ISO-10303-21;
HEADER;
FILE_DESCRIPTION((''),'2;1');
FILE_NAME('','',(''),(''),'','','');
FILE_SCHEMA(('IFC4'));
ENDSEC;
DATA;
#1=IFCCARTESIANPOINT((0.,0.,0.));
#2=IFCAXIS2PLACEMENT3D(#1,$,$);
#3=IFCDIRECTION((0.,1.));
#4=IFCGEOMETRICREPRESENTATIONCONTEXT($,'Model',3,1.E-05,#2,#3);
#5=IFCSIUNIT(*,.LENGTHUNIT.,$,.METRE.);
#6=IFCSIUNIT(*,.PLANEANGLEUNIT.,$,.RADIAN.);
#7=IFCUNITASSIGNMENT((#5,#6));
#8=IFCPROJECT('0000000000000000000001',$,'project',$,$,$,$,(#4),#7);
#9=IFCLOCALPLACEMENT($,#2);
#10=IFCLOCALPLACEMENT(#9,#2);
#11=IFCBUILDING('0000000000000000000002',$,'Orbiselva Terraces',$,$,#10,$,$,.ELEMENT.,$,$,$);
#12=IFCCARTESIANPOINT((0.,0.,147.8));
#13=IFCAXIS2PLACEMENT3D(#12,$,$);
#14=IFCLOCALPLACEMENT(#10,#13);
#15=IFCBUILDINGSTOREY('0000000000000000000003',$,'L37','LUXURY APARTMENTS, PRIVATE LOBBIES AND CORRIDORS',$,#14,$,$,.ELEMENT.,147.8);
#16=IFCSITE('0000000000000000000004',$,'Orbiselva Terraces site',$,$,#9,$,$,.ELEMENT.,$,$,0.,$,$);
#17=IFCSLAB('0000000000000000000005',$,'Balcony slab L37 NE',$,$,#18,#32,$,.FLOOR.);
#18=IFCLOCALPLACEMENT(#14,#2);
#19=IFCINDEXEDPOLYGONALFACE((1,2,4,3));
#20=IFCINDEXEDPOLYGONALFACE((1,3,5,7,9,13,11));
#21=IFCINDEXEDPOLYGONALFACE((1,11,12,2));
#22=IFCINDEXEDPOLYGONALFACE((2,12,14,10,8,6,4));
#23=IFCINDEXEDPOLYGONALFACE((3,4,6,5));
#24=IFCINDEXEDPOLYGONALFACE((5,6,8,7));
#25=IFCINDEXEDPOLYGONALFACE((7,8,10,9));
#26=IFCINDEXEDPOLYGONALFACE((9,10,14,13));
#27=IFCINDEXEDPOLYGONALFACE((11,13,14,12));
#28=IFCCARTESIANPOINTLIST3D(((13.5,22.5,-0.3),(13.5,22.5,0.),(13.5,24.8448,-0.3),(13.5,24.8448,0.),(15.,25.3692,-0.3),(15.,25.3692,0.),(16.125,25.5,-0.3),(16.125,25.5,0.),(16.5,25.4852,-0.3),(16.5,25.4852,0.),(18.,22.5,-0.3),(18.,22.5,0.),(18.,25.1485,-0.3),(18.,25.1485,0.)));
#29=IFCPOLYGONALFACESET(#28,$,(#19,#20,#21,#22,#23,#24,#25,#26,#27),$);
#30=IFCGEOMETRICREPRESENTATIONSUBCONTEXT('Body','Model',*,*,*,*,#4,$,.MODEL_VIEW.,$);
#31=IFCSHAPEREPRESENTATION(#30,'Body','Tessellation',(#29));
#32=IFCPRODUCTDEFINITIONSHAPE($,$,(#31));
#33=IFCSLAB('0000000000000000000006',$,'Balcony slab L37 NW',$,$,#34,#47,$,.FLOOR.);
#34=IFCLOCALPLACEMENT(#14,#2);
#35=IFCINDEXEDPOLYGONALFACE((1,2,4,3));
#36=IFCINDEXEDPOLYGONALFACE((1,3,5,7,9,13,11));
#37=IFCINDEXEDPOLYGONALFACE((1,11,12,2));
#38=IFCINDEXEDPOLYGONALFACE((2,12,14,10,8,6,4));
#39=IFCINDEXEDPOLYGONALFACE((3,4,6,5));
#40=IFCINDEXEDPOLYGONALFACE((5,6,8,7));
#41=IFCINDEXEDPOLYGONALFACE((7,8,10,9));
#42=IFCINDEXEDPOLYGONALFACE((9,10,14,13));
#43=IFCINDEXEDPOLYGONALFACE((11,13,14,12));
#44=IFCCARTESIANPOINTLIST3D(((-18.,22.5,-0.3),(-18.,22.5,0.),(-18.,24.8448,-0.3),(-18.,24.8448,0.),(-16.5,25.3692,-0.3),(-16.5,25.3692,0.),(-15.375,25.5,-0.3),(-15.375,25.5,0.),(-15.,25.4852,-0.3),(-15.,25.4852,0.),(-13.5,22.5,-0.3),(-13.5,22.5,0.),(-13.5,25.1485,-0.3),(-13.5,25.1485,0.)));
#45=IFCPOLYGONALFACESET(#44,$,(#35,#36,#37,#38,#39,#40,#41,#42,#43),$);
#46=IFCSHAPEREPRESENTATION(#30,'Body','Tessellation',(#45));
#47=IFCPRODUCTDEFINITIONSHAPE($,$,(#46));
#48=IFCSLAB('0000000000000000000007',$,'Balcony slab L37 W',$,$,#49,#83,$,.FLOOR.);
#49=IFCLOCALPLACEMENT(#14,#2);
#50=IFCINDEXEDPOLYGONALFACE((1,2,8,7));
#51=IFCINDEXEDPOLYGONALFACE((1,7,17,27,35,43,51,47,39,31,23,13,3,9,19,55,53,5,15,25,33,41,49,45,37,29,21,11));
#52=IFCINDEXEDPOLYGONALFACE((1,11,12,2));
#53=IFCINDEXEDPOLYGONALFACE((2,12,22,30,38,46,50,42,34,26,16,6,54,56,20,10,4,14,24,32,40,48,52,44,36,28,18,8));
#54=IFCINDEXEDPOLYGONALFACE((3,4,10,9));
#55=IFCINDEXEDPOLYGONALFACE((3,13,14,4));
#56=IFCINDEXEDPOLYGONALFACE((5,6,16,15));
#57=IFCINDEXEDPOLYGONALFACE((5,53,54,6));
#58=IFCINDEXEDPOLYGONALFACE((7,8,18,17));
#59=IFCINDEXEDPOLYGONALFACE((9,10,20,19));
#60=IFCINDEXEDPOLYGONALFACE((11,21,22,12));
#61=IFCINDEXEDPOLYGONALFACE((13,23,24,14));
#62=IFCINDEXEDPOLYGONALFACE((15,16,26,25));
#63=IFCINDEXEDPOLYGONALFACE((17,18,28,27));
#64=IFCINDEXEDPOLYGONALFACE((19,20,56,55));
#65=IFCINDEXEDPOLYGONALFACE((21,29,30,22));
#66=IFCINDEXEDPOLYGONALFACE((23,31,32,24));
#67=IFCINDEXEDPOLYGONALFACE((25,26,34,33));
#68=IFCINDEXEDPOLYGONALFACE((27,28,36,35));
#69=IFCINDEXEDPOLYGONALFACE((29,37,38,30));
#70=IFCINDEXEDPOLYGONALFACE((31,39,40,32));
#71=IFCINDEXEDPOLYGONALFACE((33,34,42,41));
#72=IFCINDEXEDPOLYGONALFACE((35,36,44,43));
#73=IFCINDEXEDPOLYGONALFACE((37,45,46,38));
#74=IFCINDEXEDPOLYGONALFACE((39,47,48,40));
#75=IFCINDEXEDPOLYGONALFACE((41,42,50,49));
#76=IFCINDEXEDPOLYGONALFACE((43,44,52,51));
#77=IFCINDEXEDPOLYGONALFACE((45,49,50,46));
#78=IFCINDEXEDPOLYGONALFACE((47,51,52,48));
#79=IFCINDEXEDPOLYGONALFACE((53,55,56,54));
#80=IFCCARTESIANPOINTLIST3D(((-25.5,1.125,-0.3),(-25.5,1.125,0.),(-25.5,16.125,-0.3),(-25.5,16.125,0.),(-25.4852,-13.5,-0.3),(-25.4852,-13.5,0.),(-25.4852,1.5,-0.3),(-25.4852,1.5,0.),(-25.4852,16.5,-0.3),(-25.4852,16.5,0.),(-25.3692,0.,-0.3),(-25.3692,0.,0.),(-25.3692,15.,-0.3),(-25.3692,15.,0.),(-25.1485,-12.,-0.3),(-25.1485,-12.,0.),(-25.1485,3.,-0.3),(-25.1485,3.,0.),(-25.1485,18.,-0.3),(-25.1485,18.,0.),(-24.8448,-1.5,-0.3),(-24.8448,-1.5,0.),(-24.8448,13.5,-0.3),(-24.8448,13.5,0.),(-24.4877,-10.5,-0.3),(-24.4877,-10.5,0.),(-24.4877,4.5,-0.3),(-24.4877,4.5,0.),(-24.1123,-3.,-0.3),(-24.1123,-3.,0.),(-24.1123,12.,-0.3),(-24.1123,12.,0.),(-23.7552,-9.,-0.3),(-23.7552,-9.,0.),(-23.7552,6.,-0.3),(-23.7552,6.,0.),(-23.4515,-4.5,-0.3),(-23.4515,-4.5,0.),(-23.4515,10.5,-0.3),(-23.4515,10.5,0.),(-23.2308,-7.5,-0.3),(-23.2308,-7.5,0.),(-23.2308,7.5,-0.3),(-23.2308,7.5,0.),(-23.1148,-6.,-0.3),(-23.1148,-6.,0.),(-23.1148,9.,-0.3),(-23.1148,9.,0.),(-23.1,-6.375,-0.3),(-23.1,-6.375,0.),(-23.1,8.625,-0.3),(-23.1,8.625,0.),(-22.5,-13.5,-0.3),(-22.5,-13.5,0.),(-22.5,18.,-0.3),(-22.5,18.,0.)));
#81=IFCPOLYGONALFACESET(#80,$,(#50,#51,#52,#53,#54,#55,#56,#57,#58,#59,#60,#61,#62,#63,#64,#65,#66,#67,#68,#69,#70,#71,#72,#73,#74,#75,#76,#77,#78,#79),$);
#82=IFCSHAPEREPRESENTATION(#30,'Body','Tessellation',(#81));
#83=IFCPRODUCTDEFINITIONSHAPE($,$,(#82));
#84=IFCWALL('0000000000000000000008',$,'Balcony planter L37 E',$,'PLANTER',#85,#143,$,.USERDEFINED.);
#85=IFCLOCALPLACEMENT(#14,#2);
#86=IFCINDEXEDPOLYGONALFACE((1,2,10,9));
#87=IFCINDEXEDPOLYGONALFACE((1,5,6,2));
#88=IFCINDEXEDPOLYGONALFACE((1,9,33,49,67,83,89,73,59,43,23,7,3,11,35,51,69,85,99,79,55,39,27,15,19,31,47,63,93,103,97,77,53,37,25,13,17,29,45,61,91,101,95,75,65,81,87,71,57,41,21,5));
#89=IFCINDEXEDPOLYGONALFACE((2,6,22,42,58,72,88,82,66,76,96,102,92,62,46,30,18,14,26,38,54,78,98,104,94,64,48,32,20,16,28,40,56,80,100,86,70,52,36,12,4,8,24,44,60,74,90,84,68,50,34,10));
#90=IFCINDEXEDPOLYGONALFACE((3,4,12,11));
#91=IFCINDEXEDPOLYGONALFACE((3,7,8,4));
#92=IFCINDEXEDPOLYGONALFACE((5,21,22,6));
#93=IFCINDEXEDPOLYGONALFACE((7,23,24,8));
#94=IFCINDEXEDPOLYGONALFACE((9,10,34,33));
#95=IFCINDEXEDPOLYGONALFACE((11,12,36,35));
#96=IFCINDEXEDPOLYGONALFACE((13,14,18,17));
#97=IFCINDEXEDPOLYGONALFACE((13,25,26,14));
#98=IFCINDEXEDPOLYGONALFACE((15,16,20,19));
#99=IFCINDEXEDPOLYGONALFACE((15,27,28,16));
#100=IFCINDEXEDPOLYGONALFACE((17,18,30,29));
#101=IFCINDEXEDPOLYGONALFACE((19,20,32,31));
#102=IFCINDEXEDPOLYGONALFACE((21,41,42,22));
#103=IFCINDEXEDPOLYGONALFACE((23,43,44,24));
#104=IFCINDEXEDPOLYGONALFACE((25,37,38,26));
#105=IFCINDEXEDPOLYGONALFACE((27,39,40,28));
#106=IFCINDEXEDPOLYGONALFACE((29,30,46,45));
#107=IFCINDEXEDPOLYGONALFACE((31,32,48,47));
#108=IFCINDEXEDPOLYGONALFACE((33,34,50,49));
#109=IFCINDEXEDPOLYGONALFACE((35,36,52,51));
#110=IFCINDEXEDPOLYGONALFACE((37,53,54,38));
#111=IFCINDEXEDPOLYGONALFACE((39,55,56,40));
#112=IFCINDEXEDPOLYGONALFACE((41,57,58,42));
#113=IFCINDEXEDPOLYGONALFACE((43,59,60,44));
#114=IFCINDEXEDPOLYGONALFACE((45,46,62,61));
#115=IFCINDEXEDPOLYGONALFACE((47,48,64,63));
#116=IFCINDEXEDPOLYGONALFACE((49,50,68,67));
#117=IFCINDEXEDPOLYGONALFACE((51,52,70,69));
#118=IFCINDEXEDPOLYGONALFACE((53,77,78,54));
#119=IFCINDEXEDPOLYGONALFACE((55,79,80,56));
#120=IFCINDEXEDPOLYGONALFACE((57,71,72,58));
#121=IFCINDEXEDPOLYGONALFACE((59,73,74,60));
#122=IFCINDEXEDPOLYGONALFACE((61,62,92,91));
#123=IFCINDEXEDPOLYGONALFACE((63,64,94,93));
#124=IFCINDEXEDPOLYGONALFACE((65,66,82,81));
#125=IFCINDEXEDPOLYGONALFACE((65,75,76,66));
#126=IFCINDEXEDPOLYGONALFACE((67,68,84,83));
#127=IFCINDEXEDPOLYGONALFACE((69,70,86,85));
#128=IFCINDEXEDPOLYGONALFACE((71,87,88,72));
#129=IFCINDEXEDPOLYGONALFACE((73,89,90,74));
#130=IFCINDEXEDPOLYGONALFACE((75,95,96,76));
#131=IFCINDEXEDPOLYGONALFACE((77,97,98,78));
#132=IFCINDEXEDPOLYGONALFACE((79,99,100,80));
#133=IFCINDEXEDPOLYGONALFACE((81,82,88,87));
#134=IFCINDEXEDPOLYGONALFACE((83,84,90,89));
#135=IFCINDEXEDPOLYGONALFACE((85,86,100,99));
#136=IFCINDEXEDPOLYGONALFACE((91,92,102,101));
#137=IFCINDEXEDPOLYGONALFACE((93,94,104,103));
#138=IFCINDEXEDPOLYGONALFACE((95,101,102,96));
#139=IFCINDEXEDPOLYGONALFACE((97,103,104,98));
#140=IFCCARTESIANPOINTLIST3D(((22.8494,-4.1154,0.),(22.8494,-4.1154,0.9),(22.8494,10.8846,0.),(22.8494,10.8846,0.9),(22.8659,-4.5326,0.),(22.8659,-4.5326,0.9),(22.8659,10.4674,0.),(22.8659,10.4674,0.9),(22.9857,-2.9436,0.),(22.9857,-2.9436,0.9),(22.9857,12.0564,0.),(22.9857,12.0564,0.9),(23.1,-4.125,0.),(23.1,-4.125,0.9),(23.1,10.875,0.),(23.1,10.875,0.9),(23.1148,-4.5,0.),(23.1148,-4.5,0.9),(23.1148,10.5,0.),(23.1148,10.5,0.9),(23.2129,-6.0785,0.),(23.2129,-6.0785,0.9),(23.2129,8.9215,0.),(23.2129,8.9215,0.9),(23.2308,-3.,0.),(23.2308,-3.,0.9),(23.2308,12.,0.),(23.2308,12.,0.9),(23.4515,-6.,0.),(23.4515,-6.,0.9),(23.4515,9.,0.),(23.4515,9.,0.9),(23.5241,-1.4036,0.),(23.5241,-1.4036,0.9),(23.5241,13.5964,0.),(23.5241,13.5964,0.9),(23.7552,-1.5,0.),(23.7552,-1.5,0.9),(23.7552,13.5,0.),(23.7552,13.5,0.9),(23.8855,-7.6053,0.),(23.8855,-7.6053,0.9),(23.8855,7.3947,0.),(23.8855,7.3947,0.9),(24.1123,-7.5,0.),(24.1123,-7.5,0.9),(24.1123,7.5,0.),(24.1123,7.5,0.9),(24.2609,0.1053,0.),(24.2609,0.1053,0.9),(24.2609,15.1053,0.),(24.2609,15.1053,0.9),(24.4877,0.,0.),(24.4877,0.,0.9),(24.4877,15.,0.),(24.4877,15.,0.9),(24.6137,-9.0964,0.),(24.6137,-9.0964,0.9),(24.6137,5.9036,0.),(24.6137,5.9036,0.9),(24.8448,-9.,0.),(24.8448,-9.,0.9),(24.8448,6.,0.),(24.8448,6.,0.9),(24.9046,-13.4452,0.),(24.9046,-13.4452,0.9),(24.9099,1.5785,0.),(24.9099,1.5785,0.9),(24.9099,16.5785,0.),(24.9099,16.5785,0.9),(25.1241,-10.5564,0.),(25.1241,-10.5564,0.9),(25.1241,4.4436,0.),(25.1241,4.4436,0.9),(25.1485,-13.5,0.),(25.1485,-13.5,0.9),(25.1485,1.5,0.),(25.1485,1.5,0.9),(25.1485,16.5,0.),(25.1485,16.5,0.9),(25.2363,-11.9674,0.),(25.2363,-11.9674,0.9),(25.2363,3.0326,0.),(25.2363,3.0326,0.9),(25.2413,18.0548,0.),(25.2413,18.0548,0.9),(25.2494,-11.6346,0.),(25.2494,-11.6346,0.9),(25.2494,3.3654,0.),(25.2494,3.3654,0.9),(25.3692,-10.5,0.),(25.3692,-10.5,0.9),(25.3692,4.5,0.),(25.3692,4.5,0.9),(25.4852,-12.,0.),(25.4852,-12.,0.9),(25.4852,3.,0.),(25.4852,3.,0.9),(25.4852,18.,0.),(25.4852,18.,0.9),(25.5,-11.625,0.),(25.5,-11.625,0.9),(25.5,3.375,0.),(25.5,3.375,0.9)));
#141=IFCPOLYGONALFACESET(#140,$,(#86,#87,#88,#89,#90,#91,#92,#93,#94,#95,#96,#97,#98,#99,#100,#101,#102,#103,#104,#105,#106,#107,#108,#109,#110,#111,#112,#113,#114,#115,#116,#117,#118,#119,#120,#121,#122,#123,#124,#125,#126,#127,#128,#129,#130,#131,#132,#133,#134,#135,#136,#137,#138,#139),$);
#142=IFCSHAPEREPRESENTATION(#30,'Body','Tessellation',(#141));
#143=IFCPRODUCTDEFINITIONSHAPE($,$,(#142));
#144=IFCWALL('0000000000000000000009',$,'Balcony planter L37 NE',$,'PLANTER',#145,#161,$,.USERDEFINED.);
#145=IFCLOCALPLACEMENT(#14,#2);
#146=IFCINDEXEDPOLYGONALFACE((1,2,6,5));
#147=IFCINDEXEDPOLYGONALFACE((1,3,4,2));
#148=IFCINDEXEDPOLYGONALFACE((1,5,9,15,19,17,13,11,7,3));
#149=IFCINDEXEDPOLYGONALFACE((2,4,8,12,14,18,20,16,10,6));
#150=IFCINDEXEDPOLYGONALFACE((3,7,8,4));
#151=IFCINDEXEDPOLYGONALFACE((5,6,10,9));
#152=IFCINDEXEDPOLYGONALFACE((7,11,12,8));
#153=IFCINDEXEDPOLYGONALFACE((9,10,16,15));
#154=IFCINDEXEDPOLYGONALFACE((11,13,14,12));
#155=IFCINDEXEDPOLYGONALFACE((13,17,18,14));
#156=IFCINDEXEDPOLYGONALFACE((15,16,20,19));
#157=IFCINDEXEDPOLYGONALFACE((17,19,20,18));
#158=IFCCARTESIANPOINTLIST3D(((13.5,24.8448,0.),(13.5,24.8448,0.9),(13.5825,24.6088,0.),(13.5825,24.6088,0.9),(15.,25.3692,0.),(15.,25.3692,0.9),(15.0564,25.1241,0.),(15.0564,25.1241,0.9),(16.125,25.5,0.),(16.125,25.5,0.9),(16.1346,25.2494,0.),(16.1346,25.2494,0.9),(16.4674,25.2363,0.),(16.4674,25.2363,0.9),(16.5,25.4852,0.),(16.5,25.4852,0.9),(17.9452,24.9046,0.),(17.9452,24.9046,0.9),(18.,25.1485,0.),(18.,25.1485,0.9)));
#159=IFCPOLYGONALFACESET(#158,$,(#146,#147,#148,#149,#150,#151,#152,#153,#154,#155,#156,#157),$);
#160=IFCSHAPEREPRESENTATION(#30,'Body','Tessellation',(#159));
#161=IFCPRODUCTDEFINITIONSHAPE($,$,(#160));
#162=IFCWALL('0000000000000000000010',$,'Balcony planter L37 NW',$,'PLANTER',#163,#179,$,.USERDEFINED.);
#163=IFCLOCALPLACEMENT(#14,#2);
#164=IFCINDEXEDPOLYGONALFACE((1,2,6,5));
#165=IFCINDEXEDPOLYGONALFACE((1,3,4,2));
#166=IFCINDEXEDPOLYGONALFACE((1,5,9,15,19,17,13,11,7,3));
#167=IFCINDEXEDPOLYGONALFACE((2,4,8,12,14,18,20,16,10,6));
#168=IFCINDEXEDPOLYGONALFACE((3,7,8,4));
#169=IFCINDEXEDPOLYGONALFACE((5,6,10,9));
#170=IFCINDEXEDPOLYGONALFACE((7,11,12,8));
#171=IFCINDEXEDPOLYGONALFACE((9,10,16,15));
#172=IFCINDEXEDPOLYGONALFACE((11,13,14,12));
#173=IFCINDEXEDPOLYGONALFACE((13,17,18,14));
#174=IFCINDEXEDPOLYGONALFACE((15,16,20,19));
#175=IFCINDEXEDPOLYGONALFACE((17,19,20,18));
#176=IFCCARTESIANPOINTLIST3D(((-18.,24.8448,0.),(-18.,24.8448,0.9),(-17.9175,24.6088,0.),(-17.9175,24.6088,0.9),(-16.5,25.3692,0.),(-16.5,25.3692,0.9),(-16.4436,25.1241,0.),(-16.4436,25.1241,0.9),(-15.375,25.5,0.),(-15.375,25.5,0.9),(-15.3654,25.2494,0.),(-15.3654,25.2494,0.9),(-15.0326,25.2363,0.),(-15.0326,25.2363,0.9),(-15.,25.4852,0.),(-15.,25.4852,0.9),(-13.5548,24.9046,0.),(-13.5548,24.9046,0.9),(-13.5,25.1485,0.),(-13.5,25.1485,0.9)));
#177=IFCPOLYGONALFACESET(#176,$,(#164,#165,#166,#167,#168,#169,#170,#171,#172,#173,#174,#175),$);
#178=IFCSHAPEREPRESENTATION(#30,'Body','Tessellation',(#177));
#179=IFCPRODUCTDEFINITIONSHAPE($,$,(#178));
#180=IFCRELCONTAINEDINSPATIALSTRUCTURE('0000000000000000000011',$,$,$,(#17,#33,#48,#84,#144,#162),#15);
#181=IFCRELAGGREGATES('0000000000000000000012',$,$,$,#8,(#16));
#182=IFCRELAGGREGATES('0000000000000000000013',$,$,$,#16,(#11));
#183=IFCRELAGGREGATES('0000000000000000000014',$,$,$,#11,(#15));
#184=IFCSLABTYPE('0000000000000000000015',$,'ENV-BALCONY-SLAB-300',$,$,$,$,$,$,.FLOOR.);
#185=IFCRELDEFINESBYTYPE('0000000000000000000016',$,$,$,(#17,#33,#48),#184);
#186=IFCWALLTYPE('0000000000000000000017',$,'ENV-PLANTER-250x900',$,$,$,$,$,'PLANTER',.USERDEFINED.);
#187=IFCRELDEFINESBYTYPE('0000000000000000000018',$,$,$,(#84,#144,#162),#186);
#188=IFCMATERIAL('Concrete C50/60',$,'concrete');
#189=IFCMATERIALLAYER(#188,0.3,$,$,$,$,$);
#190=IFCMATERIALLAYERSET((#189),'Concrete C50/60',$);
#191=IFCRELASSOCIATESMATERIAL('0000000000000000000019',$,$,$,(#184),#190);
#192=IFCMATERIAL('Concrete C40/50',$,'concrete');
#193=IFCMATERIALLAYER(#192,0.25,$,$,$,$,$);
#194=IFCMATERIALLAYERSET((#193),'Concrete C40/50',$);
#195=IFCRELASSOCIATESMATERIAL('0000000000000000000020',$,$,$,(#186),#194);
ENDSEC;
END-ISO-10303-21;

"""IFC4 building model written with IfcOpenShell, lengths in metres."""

from ifc_helpers import new_model, si_unit, direction, frame, origin, place, context, subcontext, project, spatial, polyline, outline, extrude, material, layer, layer_set, type_object, element, save


model = new_model("IFC4")

# Units and contexts
model_context = context("Model", 3, precision=1e-05, world=origin(), true_north=direction((0.0, 1.0)))
body_context = subcontext(model_context, "Body", "Model", "MODEL_VIEW")
ifc_project = project(units=[si_unit("LENGTHUNIT", "METRE"), si_unit("PLANEANGLEUNIT", "RADIAN")], contexts=[model_context])

# Site, building, storey
site_placement = place(None, origin())
site = spatial("IfcSite", under=ifc_project, at=site_placement, Name="Orbiselva Terraces site", CompositionType="ELEMENT", RefElevation=0.0)
building_placement = place(site_placement, origin())
building = spatial("IfcBuilding", under=site, at=building_placement, Name="Orbiselva Terraces", CompositionType="ELEMENT")
storey_placement = place(building_placement, frame((0.0, 0.0, 147.8)))
storey = spatial("IfcBuildingStorey", under=building, at=storey_placement, Name="L37", Description="LUXURY APARTMENTS, PRIVATE LOBBIES AND CORRIDORS", CompositionType="ELEMENT", Elevation=147.8)

# Shared definitions
ifc_material_1 = material(Name="Concrete C40/50", Category="concrete")

# Slabs
ifc_material_2 = material(Name="Concrete C50/60", Category="concrete")
ifc_layer_1 = layer(ifc_material_2, 0.3)
ifc_layer_set_1 = layer_set([ifc_layer_1], Name="Concrete C50/60")
slab_type_1 = type_object("IfcSlabType", Name="ENV-BALCONY-SLAB-300", PredefinedType="FLOOR", material=ifc_layer_set_1)
slab_1_placement = place(storey_placement, frame((0.0, 0.0, -0.3)))
element("IfcSlab", 1, at=slab_1_placement, inside=storey, type_object=slab_type_1, Name="Balcony slab L37 NE", PredefinedType="FLOOR", context=body_context, shape_type="SweptSolid", body=[
    extrude(outline(polyline([(18.0, 25.1485), (16.5, 25.4852), (16.125, 25.5), (15.0, 25.3692), (13.5, 24.8448), (13.5, 22.5), (18.0, 22.5), (18.0, 25.1485)])), origin(), (0.0, 0.0, 1.0), 0.3),
])
slab_2_placement = place(storey_placement, frame((0.0, 0.0, -0.3)))
element("IfcSlab", 2, at=slab_2_placement, inside=storey, type_object=slab_type_1, Name="Balcony slab L37 NW", PredefinedType="FLOOR", context=body_context, shape_type="SweptSolid", body=[
    extrude(outline(polyline([(-13.5, 25.1485), (-15.0, 25.4852), (-15.375, 25.5), (-16.5, 25.3692), (-18.0, 24.8448), (-18.0, 22.5), (-13.5, 22.5), (-13.5, 25.1485)])), origin(), (0.0, 0.0, 1.0), 0.3),
])
slab_3_placement = place(storey_placement, frame((0.0, 0.0, -0.3)))
element("IfcSlab", 3, at=slab_3_placement, inside=storey, type_object=slab_type_1, Name="Balcony slab L37 W", PredefinedType="FLOOR", context=body_context, shape_type="SweptSolid", body=[
    extrude(outline(polyline([(-25.1485, 18.0), (-25.4852, 16.5), (-25.5, 16.125), (-25.3692, 15.0), (-24.8448, 13.5), (-24.1123, 12.0), (-23.4515, 10.5), (-23.1148, 9.0), (-23.1, 8.625), (-23.2308, 7.5), (-23.7552, 6.0), (-24.4877, 4.5), (-25.1485, 3.0), (-25.4852, 1.5), (-25.5, 1.125), (-25.3692, 0.0), (-24.8448, -1.5), (-24.1123, -3.0), (-23.4515, -4.5), (-23.1148, -6.0), (-23.1, -6.375), (-23.2308, -7.5), (-23.7552, -9.0), (-24.4877, -10.5), (-25.1485, -12.0), (-25.4852, -13.5), (-22.5, -13.5), (-22.5, 18.0), (-25.1485, 18.0)])), origin(), (0.0, 0.0, 1.0), 0.3),
])

# Walls
ifc_layer_2 = layer(ifc_material_1, 0.25)
ifc_layer_set_2 = layer_set([ifc_layer_2], Name="Concrete C40/50")
wall_type = type_object("IfcWallType", Name="ENV-PLANTER-250x900", ElementType="PLANTER", PredefinedType="USERDEFINED", material=ifc_layer_set_2)
wall_1_placement = place(storey_placement, origin())
element("IfcWall", 4, at=wall_1_placement, inside=storey, type_object=wall_type, Name="Balcony planter L37 E", ObjectType="PLANTER", PredefinedType="USERDEFINED", context=body_context, shape_type="SweptSolid", body=[
    extrude(outline(polyline([(25.1485, -13.5), (25.4852, -12.0), (25.5, -11.625), (25.3692, -10.5), (24.8448, -9.0), (24.1123, -7.5), (23.4515, -6.0), (23.1148, -4.5), (23.1, -4.125), (23.2308, -3.0), (23.7552, -1.5), (24.4877, 0.0), (25.1485, 1.5), (25.4852, 3.0), (25.5, 3.375), (25.3692, 4.5), (24.8448, 6.0), (24.1123, 7.5), (23.4515, 9.0), (23.1148, 10.5), (23.1, 10.875), (23.2308, 12.0), (23.7552, 13.5), (24.4877, 15.0), (25.1485, 16.5), (25.4852, 18.0), (25.2413, 18.0548), (24.9099, 16.5785), (24.2609, 15.1053), (23.5241, 13.5964), (22.9857, 12.0564), (22.8494, 10.8846), (22.8659, 10.4674), (23.2129, 8.9215), (23.8855, 7.3947), (24.6137, 5.9036), (25.1241, 4.4436), (25.2494, 3.3654), (25.2363, 3.0326), (24.9099, 1.5785), (24.2609, 0.1053), (23.5241, -1.4036), (22.9857, -2.9436), (22.8494, -4.1154), (22.8659, -4.5326), (23.2129, -6.0785), (23.8855, -7.6053), (24.6137, -9.0964), (25.1241, -10.5564), (25.2494, -11.6346), (25.2363, -11.9674), (24.9046, -13.4452), (25.1485, -13.5)])), origin(), (0.0, 0.0, 1.0), 0.9),
])
wall_2_placement = place(storey_placement, origin())
element("IfcWall", 5, at=wall_2_placement, inside=storey, type_object=wall_type, Name="Balcony planter L37 NE", ObjectType="PLANTER", PredefinedType="USERDEFINED", context=body_context, shape_type="SweptSolid", body=[
    extrude(outline(polyline([(18.0, 25.1485), (16.5, 25.4852), (16.125, 25.5), (15.0, 25.3692), (13.5, 24.8448), (13.5825, 24.6088), (15.0564, 25.1241), (16.1346, 25.2494), (16.4674, 25.2363), (17.9452, 24.9046), (18.0, 25.1485)])), origin(), (0.0, 0.0, 1.0), 0.9),
])
wall_3_placement = place(storey_placement, origin())
element("IfcWall", 6, at=wall_3_placement, inside=storey, type_object=wall_type, Name="Balcony planter L37 NW", ObjectType="PLANTER", PredefinedType="USERDEFINED", context=body_context, shape_type="SweptSolid", body=[
    extrude(outline(polyline([(-13.5, 25.1485), (-15.0, 25.4852), (-15.375, 25.5), (-16.5, 25.3692), (-18.0, 24.8448), (-17.9175, 24.6088), (-16.4436, 25.1241), (-15.3654, 25.2494), (-15.0326, 25.2363), (-13.5548, 24.9046), (-13.5, 25.1485)])), origin(), (0.0, 0.0, 1.0), 0.9),
])

save(model, "model.ifc")
